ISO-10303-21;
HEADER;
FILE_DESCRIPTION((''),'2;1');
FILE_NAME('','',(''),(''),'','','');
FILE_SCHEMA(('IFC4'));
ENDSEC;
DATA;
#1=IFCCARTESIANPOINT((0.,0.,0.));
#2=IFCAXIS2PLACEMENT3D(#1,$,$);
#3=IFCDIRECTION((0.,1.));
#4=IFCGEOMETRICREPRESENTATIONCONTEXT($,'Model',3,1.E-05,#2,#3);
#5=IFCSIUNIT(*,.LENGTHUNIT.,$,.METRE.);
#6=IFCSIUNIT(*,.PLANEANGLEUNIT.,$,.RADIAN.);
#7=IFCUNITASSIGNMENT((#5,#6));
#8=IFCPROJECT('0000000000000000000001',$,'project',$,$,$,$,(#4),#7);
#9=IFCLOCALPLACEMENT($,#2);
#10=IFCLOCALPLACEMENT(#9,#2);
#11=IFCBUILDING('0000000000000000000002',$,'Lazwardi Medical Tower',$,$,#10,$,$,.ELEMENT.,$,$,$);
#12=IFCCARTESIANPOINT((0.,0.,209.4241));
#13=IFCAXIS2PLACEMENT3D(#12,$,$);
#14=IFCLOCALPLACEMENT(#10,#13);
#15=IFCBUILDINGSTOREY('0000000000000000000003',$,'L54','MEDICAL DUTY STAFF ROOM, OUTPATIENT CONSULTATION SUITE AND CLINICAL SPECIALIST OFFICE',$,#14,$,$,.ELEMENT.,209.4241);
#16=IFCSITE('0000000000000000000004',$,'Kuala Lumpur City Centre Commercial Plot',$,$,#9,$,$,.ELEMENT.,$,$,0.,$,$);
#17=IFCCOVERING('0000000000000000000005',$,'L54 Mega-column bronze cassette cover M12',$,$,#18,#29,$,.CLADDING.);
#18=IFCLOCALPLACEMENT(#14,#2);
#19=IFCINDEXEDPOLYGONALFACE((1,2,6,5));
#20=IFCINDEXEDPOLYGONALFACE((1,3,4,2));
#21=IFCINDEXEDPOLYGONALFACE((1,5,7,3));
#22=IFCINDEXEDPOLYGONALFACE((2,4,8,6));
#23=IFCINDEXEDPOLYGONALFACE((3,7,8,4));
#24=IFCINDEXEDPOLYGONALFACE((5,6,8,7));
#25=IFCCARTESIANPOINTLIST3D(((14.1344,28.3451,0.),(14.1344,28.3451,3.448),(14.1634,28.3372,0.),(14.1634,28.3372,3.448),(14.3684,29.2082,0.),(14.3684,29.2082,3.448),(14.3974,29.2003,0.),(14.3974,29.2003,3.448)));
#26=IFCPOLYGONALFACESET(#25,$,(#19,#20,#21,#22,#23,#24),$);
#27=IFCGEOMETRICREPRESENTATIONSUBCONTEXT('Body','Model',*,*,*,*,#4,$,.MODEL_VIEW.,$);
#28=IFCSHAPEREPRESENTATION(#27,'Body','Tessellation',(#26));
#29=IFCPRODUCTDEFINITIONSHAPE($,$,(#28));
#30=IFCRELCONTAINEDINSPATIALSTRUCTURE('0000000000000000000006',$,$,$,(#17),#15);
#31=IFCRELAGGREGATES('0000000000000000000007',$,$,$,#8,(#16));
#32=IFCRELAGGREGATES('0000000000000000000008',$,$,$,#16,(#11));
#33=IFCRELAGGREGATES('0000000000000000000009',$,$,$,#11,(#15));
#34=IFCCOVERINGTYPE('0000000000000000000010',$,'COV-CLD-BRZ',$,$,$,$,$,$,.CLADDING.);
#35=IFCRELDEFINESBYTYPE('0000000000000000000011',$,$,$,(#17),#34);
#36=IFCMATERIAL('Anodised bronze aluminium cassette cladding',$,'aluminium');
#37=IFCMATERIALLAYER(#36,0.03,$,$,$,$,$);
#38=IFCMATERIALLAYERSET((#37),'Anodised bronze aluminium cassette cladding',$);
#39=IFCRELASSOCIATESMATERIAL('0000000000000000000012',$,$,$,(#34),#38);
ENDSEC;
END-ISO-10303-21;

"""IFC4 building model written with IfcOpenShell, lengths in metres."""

from ifc_helpers import new_model, si_unit, direction, frame, origin, origin_2d, place, context, subcontext, project, spatial, rectangle, extrude, material, layer, layer_set, type_object, element, save


model = new_model("IFC4")

# Units and contexts
model_context = context("Model", 3, precision=1e-05, world=origin(), true_north=direction((0.0, 1.0)))
body_context = subcontext(model_context, "Body", "Model", "MODEL_VIEW")
ifc_project = project(units=[si_unit("LENGTHUNIT", "METRE"), si_unit("PLANEANGLEUNIT", "RADIAN")], contexts=[model_context])

# Site, building, storey
site_placement = place(None, origin())
site = spatial("IfcSite", under=ifc_project, at=site_placement, Name="Kuala Lumpur City Centre Commercial Plot", CompositionType="ELEMENT", RefElevation=0.0)
building_placement = place(site_placement, origin())
building = spatial("IfcBuilding", under=site, at=building_placement, Name="Lazwardi Medical Tower", CompositionType="ELEMENT")
storey_placement = place(building_placement, frame((0.0, 0.0, 209.4241)))
storey = spatial("IfcBuildingStorey", under=building, at=storey_placement, Name="L54", Description="MEDICAL DUTY STAFF ROOM, OUTPATIENT CONSULTATION SUITE AND CLINICAL SPECIALIST OFFICE", CompositionType="ELEMENT", Elevation=209.4241)

# Covering
ifc_material_1 = material(Name="Anodised bronze aluminium cassette cladding", Category="aluminium")
ifc_layer_1 = layer(ifc_material_1, 0.03)
ifc_layer_set_1 = layer_set([ifc_layer_1], Name="Anodised bronze aluminium cassette cladding")
covering_type = type_object("IfcCoveringType", Name="COV-CLD-BRZ", PredefinedType="CLADDING", material=ifc_layer_set_1)
covering_1_placement = place(storey_placement, frame((14.2659, 28.7727, 0.0), z_axis=(0.0, 0.0, 1.0), x_axis=(-0.261642, -0.965165, 0.0)))
element("IfcCovering", 1, at=covering_1_placement, inside=storey, type_object=covering_type, Name="L54 Mega-column bronze cassette cover M12", PredefinedType="CLADDING", context=body_context, shape_type="SweptSolid", body=[
    extrude(rectangle(XDim=0.8943, YDim=0.03, at=origin_2d()), origin(), (0.0, 0.0, 1.0), 3.448),
])

save(model, "model.ifc")
